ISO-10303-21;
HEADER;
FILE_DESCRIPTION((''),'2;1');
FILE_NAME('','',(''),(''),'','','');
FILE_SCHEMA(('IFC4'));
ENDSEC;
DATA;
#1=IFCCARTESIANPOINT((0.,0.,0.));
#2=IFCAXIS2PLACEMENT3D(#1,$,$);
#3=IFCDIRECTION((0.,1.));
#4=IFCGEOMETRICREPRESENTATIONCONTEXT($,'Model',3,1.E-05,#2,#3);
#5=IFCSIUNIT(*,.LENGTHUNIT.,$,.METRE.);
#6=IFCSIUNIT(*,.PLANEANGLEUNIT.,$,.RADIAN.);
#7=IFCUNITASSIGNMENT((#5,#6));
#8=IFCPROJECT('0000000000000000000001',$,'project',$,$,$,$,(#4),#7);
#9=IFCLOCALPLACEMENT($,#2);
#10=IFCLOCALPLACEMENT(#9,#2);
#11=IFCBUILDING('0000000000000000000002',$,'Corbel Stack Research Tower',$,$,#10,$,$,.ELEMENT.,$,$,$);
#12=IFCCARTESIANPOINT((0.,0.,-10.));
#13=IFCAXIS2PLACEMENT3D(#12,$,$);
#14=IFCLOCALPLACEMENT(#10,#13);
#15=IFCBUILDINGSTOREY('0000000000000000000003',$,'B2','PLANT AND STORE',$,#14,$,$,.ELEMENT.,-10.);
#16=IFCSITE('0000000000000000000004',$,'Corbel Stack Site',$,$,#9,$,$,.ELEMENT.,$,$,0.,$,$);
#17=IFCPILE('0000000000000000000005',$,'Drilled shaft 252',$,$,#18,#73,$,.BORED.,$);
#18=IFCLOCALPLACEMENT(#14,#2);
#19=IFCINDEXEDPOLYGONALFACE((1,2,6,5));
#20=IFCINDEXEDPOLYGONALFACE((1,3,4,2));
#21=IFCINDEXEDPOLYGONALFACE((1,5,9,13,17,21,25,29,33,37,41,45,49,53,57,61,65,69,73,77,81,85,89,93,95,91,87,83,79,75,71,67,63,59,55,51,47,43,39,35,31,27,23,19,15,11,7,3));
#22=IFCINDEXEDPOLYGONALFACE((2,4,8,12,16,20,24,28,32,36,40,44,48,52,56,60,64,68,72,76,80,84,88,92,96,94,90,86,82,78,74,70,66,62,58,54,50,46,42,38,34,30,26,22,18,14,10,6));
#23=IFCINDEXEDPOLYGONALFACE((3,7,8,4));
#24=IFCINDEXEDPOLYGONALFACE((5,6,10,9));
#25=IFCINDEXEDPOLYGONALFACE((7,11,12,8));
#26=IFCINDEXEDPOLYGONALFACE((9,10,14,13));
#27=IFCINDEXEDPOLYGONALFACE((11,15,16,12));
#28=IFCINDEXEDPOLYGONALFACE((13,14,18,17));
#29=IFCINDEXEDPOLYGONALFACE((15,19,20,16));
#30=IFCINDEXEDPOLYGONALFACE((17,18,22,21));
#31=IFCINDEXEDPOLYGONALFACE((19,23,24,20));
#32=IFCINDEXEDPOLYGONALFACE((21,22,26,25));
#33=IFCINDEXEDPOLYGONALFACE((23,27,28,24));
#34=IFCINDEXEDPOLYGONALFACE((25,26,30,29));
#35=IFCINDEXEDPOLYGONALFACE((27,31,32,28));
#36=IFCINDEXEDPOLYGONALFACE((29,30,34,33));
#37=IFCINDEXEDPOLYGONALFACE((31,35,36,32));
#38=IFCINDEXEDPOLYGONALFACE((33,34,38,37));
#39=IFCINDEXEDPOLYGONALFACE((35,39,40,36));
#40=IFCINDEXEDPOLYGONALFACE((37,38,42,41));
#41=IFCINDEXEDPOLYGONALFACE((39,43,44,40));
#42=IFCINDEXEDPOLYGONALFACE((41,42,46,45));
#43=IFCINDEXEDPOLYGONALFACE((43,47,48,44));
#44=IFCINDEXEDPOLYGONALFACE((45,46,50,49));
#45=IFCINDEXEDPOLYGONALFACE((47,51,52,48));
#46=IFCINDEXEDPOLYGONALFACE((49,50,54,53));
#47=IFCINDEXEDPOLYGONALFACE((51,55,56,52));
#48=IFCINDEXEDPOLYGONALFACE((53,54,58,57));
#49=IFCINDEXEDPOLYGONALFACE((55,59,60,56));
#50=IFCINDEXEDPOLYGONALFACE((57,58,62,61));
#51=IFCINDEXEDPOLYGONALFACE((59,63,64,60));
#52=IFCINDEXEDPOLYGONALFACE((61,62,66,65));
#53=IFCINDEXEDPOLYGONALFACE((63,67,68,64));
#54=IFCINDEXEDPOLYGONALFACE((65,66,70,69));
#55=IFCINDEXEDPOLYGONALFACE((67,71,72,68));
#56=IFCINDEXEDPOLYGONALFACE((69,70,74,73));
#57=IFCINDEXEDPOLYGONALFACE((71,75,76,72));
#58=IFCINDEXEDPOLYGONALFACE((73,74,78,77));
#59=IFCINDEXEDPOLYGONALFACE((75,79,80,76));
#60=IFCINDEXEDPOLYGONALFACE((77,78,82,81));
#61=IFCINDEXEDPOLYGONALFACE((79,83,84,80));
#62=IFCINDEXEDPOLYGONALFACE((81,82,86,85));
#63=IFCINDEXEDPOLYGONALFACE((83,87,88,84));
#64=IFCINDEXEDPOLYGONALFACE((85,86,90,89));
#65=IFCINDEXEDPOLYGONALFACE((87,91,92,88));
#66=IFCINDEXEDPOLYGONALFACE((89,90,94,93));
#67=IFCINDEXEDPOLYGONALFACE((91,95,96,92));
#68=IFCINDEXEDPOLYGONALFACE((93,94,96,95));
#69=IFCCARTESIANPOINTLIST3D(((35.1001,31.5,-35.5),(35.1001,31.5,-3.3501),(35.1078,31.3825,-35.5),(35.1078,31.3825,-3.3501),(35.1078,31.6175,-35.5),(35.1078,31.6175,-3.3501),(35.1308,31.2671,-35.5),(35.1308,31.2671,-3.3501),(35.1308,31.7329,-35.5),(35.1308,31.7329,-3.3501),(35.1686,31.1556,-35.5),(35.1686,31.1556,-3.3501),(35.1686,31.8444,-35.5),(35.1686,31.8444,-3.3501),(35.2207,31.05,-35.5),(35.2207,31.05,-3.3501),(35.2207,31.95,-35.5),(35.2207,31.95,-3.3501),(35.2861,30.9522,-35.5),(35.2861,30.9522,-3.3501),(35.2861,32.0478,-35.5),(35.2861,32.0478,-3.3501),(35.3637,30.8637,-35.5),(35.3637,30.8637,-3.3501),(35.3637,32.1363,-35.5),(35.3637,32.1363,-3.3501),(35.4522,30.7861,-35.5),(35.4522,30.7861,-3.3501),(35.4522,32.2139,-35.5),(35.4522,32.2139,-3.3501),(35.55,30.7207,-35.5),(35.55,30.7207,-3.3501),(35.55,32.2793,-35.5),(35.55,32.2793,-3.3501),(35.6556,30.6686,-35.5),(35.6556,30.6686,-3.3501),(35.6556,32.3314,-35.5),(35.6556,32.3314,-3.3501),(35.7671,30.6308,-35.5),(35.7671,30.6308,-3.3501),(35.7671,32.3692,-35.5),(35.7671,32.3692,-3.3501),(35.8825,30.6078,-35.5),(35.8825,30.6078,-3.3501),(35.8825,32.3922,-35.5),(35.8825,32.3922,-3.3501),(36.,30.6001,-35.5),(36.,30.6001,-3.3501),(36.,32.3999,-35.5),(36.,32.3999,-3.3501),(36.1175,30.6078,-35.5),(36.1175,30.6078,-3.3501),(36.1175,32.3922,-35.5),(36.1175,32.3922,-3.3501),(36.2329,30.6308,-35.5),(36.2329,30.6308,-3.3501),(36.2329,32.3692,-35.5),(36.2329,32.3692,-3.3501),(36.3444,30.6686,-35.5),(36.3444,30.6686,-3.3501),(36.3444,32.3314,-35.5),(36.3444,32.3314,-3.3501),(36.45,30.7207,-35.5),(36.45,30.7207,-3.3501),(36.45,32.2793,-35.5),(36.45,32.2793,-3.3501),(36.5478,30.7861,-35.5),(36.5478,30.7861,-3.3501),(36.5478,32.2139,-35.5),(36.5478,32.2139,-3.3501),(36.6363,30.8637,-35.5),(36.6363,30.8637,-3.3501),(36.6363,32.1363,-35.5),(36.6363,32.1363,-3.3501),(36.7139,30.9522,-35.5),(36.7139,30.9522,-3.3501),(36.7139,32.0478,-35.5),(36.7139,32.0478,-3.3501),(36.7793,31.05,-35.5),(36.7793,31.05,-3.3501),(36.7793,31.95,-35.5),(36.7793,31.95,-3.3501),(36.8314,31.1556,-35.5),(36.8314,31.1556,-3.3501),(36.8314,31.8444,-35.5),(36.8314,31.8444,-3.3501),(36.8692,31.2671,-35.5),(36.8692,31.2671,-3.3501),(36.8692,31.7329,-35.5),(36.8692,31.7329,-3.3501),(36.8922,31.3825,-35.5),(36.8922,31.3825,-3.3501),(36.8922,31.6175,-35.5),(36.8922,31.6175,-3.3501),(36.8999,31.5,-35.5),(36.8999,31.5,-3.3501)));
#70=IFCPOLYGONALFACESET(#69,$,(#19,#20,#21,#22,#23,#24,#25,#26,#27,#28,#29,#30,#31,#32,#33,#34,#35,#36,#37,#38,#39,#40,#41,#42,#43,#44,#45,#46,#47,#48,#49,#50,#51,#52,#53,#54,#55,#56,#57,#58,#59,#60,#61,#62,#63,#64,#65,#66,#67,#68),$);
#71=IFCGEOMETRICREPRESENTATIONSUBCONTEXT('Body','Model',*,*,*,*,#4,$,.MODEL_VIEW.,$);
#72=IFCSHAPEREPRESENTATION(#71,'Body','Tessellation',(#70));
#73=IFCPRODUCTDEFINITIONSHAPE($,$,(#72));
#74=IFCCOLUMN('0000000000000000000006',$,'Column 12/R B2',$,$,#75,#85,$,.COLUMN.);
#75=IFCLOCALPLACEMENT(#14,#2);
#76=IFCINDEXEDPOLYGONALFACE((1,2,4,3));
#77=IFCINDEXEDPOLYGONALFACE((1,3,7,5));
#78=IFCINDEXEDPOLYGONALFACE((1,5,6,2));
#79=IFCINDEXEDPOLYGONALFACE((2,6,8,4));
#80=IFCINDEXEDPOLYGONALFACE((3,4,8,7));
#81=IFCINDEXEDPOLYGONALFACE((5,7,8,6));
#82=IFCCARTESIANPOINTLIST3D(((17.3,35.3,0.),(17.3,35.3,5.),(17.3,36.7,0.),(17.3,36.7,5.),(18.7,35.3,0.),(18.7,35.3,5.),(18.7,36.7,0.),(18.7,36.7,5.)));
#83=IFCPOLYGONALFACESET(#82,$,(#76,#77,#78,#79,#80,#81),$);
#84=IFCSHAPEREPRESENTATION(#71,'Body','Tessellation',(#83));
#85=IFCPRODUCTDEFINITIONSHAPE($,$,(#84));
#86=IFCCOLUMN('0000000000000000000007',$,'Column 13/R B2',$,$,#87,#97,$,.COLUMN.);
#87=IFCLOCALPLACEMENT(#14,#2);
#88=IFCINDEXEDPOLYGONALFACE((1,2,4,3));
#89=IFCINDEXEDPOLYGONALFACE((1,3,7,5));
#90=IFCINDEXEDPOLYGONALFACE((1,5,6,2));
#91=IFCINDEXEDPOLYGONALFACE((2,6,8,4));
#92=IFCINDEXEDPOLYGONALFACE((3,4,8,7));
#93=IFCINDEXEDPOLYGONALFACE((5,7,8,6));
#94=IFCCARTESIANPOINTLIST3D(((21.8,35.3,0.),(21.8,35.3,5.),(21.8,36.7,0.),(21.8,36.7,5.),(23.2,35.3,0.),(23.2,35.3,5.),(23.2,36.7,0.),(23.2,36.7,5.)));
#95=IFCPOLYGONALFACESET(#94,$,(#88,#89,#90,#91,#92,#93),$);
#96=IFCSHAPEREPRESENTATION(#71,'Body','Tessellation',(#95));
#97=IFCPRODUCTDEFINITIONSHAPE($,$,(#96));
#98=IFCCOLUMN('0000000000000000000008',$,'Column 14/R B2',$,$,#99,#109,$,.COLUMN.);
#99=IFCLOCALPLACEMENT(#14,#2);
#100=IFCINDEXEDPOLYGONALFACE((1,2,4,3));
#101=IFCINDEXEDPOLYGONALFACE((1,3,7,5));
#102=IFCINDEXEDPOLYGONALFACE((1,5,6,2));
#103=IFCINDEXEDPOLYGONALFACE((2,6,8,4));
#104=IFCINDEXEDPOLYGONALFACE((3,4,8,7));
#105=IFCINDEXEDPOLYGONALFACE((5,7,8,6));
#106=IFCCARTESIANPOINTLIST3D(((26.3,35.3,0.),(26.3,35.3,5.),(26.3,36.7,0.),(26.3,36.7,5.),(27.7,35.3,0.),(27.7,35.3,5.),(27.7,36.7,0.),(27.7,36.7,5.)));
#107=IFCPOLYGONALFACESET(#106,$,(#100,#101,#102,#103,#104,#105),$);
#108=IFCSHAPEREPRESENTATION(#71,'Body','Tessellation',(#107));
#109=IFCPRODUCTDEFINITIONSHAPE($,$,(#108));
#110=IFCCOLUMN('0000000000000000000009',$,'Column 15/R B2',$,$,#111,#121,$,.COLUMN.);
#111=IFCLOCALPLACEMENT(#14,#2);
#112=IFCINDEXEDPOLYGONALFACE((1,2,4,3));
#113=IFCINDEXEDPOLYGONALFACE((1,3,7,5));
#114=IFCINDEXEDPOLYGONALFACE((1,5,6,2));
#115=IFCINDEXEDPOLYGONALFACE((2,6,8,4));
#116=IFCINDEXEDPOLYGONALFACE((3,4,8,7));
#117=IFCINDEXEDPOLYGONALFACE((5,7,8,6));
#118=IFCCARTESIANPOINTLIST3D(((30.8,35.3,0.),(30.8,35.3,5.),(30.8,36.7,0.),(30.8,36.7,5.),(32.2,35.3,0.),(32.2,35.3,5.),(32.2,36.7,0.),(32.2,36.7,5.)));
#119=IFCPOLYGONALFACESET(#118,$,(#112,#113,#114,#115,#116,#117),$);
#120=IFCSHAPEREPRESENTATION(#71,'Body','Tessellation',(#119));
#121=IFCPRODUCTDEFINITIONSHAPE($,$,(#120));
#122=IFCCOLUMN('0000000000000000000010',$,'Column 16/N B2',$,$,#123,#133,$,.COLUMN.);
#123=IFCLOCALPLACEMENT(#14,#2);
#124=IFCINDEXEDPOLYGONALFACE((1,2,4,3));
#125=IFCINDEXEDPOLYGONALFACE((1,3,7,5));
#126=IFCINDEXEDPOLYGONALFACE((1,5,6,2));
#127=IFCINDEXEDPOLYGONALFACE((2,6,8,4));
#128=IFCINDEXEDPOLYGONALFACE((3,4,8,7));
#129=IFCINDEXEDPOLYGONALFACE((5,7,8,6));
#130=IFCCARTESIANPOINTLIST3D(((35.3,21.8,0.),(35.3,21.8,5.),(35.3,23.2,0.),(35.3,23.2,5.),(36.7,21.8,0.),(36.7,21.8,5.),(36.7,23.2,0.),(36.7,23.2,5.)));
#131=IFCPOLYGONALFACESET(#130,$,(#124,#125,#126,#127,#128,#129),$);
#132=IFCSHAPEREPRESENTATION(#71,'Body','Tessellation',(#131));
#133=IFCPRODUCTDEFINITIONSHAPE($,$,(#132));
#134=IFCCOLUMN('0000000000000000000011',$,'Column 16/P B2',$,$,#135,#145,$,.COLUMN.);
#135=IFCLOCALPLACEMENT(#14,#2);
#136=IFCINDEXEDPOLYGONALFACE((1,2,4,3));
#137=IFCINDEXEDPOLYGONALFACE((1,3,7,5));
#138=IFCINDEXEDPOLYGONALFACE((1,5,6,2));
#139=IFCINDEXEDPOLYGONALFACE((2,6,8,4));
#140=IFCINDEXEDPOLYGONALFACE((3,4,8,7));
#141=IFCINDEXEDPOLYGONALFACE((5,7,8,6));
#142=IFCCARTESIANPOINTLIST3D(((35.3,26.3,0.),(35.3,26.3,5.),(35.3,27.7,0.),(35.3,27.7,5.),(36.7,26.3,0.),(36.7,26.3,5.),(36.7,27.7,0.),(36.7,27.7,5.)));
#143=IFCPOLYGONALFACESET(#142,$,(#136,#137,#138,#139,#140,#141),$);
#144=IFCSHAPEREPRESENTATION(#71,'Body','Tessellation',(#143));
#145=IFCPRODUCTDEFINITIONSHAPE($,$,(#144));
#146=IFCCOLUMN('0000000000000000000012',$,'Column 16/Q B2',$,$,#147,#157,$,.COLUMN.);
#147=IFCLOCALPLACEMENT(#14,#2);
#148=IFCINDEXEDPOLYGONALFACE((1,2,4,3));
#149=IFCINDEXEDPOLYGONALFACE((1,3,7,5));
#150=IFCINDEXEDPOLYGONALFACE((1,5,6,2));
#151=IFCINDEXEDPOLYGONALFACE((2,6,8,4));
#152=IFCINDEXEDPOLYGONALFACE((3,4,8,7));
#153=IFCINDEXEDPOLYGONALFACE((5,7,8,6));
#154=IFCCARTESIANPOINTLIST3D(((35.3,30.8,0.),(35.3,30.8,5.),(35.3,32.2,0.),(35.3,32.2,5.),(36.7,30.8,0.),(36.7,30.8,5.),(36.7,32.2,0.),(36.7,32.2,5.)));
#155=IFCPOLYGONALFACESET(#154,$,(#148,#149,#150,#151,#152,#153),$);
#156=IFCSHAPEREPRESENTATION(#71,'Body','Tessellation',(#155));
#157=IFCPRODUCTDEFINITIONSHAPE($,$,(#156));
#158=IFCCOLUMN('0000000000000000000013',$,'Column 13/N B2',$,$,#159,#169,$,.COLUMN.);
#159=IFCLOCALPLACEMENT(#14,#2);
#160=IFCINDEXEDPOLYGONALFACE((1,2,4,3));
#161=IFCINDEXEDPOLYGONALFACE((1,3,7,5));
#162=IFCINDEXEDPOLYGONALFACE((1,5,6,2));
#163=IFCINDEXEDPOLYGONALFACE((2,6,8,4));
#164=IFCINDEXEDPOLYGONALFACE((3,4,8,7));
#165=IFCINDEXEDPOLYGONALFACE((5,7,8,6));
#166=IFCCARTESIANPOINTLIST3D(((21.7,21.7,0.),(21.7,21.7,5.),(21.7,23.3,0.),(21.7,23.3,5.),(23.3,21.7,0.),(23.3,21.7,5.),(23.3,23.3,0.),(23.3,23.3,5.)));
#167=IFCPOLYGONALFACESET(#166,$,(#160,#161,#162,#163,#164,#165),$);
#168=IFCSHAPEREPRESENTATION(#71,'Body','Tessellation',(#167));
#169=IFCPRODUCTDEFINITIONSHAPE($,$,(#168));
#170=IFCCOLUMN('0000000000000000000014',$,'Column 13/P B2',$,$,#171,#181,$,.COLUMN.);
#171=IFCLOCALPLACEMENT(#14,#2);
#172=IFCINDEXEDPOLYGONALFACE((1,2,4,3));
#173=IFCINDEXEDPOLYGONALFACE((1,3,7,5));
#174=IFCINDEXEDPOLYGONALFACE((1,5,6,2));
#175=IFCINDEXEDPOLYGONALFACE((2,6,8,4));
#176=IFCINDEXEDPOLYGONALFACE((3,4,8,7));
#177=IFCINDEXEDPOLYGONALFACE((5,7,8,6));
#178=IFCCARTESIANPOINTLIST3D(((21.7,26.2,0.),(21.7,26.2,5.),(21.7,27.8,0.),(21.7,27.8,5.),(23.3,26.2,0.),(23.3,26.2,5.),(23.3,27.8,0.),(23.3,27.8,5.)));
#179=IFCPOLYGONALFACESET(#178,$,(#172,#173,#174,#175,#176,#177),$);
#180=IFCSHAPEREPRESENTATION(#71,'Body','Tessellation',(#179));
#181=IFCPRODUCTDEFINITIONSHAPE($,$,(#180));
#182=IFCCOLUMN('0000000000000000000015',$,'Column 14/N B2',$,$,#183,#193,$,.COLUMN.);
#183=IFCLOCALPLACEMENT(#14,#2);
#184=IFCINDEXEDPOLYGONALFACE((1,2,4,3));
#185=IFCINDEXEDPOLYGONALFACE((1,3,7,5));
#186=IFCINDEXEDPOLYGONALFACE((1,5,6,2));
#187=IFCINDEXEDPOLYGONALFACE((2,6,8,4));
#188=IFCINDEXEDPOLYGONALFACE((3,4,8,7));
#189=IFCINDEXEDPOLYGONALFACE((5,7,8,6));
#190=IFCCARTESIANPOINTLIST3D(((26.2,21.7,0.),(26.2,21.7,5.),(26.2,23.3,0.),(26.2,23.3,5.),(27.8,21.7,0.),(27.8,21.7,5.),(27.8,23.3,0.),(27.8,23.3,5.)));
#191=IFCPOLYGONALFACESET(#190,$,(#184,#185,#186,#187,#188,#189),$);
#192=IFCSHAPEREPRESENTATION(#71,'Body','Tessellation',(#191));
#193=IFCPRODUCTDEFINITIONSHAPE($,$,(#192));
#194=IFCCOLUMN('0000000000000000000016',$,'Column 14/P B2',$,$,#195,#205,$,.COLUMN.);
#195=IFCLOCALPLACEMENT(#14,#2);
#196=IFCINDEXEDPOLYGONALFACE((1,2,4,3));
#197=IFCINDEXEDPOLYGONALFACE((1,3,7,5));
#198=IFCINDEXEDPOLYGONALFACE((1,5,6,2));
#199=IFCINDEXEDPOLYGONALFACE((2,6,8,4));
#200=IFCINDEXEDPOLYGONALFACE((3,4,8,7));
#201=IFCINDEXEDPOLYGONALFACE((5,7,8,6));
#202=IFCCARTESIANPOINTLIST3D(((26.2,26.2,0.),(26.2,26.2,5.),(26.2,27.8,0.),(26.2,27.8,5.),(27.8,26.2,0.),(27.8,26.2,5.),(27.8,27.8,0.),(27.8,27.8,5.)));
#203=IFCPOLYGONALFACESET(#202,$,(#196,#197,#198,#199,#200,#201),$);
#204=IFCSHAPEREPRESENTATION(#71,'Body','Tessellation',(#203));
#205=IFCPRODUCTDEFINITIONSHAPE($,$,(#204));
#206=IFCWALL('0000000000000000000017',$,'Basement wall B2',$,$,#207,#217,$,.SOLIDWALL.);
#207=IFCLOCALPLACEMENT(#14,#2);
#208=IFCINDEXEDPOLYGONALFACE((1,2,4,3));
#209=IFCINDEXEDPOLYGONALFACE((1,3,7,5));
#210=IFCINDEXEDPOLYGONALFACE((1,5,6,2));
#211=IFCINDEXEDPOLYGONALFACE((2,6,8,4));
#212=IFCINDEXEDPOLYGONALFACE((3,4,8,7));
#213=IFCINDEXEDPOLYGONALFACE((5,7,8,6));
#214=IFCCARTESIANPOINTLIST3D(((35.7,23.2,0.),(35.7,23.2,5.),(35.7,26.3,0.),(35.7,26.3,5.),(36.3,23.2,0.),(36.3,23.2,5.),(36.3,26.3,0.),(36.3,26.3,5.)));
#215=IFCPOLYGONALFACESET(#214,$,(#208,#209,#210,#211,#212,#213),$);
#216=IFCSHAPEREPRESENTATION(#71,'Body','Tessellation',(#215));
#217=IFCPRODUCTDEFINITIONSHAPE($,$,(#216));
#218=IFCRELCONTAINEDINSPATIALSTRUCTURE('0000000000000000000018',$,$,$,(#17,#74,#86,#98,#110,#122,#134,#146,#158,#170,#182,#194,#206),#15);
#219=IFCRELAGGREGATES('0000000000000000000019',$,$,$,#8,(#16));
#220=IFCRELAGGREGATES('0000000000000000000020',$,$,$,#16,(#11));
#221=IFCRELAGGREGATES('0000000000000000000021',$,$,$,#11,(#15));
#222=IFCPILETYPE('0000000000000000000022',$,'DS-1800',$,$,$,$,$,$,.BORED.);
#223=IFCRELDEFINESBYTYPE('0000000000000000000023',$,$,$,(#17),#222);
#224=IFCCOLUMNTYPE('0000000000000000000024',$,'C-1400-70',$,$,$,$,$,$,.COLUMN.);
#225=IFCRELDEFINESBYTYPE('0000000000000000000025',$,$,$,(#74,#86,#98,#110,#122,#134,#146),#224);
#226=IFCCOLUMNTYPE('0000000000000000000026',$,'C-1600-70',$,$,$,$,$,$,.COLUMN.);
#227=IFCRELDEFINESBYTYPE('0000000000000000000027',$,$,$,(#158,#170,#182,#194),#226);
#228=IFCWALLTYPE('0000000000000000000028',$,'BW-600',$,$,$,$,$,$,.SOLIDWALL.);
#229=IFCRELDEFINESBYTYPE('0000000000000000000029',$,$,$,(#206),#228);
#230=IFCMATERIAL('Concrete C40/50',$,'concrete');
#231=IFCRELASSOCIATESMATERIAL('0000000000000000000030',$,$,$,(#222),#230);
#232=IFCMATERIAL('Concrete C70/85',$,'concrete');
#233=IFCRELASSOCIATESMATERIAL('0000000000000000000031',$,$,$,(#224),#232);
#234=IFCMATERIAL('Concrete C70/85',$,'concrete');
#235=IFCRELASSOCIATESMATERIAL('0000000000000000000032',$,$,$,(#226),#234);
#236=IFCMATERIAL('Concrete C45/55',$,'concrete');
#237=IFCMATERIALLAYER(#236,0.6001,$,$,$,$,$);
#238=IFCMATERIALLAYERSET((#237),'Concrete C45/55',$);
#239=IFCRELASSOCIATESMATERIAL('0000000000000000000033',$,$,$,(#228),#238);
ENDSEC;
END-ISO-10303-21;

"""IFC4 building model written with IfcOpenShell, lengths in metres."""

from ifc_helpers import new_model, si_unit, direction, frame, frame_2d, origin, origin_2d, place, context, subcontext, project, spatial, rectangle, circle, extrude, material, layer, layer_set, material_profile, profile_set, type_object, element, save


model = new_model("IFC4")

# Units and contexts
model_context = context("Model", 3, precision=1e-05, world=origin(), true_north=direction((0.0, 1.0)))
body_context = subcontext(model_context, "Body", "Model", "MODEL_VIEW")
ifc_project = project(units=[si_unit("LENGTHUNIT", "METRE"), si_unit("PLANEANGLEUNIT", "RADIAN")], contexts=[model_context])

# Site, building, storey
site_placement = place(None, origin())
site = spatial("IfcSite", under=ifc_project, at=site_placement, Name="Corbel Stack Site", CompositionType="ELEMENT", RefElevation=0.0)
building_placement = place(site_placement, origin())
building = spatial("IfcBuilding", under=site, at=building_placement, Name="Corbel Stack Research Tower", CompositionType="ELEMENT")
storey_placement = place(building_placement, frame((0.0, 0.0, -10.0)))
storey = spatial("IfcBuildingStorey", under=building, at=storey_placement, Name="B2", Description="PLANT AND STORE", CompositionType="ELEMENT", Elevation=-10.0)

# Pile
ifc_material_1 = material(Name="Concrete C40/50", Category="concrete")
ifc_material_profile_1 = material_profile(ifc_material_1, circle(Radius=0.8999, at=origin_2d()), Name="Shaft 1800")
ifc_profile_set_1 = profile_set([ifc_material_profile_1], Name="Concrete C40/50")
pile_type = type_object("IfcPileType", Name="DS-1800", PredefinedType="BORED", material=ifc_profile_set_1)
for number, where, z_axis, x_axis, name in (
    (1, (36.0, 31.5, -3.3501), (0.0, 0.0, -1.0), (1.0, 0.0, 0.0), "Drilled shaft 252"),
):
    element("IfcPile", number, at=place(storey_placement, frame(where, z_axis=z_axis, x_axis=x_axis)), inside=storey, type_object=pile_type, Name=name, PredefinedType="BORED", context=body_context, shape_type="SweptSolid", body=[
        extrude(circle(Radius=0.8999, at=origin_2d()), origin(), (0.0, 0.0, 1.0), 32.1499),
    ])

# Columns
ifc_material_2 = material(Name="Concrete C70/85", Category="concrete")
ifc_material_profile_2 = material_profile(ifc_material_2, rectangle(XDim=1.3999, YDim=1.3999, at=origin_2d()), Name="RC 1400 x 1400")
ifc_profile_set_2 = profile_set([ifc_material_profile_2], Name="Concrete C70/85")
column_type_1 = type_object("IfcColumnType", Name="C-1400-70", PredefinedType="COLUMN", material=ifc_profile_set_2)
for number, where, z_axis, x_axis, name in (
    (2, (18.0, 36.0, 0.0), (0.0, 0.0, 1.0), (1.0, 0.0, 0.0), "Column 12/R B2"),
    (3, (22.5, 36.0, 0.0), (0.0, 0.0, 1.0), (1.0, 0.0, 0.0), "Column 13/R B2"),
    (4, (27.0, 36.0, 0.0), (0.0, 0.0, 1.0), (1.0, 0.0, 0.0), "Column 14/R B2"),
    (5, (31.5, 36.0, 0.0), (0.0, 0.0, 1.0), (1.0, 0.0, 0.0), "Column 15/R B2"),
    (6, (36.0, 22.5, 0.0), (0.0, 0.0, 1.0), (1.0, 0.0, 0.0), "Column 16/N B2"),
    (7, (36.0, 27.0, 0.0), (0.0, 0.0, 1.0), (1.0, 0.0, 0.0), "Column 16/P B2"),
    (8, (36.0, 31.5, 0.0), (0.0, 0.0, 1.0), (1.0, 0.0, 0.0), "Column 16/Q B2"),
):
    element("IfcColumn", number, at=place(storey_placement, frame(where, z_axis=z_axis, x_axis=x_axis)), inside=storey, type_object=column_type_1, Name=name, PredefinedType="COLUMN", context=body_context, shape_type="SweptSolid", body=[
        extrude(rectangle(XDim=1.3999, YDim=1.3999, at=origin_2d()), origin(), (0.0, 0.0, 1.0), 5.0),
    ])
ifc_material_3 = material(Name="Concrete C70/85", Category="concrete")
ifc_material_profile_3 = material_profile(ifc_material_3, rectangle(XDim=1.6001, YDim=1.6001, at=origin_2d()), Name="RC 1600 x 1600")
ifc_profile_set_3 = profile_set([ifc_material_profile_3], Name="Concrete C70/85")
column_type_2 = type_object("IfcColumnType", Name="C-1600-70", PredefinedType="COLUMN", material=ifc_profile_set_3)
for number, where, z_axis, x_axis, name in (
    (9, (22.5, 22.5, 0.0), (0.0, 0.0, 1.0), (1.0, 0.0, 0.0), "Column 13/N B2"),
    (10, (22.5, 27.0, 0.0), (0.0, 0.0, 1.0), (1.0, 0.0, 0.0), "Column 13/P B2"),
    (11, (27.0, 22.5, 0.0), (0.0, 0.0, 1.0), (1.0, 0.0, 0.0), "Column 14/N B2"),
    (12, (27.0, 27.0, 0.0), (0.0, 0.0, 1.0), (1.0, 0.0, 0.0), "Column 14/P B2"),
):
    element("IfcColumn", number, at=place(storey_placement, frame(where, z_axis=z_axis, x_axis=x_axis)), inside=storey, type_object=column_type_2, Name=name, PredefinedType="COLUMN", context=body_context, shape_type="SweptSolid", body=[
        extrude(rectangle(XDim=1.6001, YDim=1.6001, at=origin_2d()), origin(), (0.0, 0.0, 1.0), 5.0),
    ])

# Wall
ifc_material_4 = material(Name="Concrete C45/55", Category="concrete")
ifc_layer_1 = layer(ifc_material_4, 0.6001)
ifc_layer_set_1 = layer_set([ifc_layer_1], Name="Concrete C45/55")
wall_type_1 = type_object("IfcWallType", Name="BW-600", PredefinedType="SOLIDWALL", material=ifc_layer_set_1)
for number, where, z_axis, x_axis, name in (
    (13, (36.0, 23.2, 0.0), (0.0, 0.0, 1.0), (0.0, 1.0, 0.0), "Basement wall B2"),
):
    element("IfcWall", number, at=place(storey_placement, frame(where, z_axis=z_axis, x_axis=x_axis)), inside=storey, type_object=wall_type_1, Name=name, PredefinedType="SOLIDWALL", context=body_context, shape_type="SweptSolid", body=[
        extrude(rectangle(XDim=3.1001, YDim=0.6001, at=frame_2d((1.55, 0.0))), origin(), (0.0, 0.0, 1.0), 5.0),
    ])

save(model, "model.ifc")
